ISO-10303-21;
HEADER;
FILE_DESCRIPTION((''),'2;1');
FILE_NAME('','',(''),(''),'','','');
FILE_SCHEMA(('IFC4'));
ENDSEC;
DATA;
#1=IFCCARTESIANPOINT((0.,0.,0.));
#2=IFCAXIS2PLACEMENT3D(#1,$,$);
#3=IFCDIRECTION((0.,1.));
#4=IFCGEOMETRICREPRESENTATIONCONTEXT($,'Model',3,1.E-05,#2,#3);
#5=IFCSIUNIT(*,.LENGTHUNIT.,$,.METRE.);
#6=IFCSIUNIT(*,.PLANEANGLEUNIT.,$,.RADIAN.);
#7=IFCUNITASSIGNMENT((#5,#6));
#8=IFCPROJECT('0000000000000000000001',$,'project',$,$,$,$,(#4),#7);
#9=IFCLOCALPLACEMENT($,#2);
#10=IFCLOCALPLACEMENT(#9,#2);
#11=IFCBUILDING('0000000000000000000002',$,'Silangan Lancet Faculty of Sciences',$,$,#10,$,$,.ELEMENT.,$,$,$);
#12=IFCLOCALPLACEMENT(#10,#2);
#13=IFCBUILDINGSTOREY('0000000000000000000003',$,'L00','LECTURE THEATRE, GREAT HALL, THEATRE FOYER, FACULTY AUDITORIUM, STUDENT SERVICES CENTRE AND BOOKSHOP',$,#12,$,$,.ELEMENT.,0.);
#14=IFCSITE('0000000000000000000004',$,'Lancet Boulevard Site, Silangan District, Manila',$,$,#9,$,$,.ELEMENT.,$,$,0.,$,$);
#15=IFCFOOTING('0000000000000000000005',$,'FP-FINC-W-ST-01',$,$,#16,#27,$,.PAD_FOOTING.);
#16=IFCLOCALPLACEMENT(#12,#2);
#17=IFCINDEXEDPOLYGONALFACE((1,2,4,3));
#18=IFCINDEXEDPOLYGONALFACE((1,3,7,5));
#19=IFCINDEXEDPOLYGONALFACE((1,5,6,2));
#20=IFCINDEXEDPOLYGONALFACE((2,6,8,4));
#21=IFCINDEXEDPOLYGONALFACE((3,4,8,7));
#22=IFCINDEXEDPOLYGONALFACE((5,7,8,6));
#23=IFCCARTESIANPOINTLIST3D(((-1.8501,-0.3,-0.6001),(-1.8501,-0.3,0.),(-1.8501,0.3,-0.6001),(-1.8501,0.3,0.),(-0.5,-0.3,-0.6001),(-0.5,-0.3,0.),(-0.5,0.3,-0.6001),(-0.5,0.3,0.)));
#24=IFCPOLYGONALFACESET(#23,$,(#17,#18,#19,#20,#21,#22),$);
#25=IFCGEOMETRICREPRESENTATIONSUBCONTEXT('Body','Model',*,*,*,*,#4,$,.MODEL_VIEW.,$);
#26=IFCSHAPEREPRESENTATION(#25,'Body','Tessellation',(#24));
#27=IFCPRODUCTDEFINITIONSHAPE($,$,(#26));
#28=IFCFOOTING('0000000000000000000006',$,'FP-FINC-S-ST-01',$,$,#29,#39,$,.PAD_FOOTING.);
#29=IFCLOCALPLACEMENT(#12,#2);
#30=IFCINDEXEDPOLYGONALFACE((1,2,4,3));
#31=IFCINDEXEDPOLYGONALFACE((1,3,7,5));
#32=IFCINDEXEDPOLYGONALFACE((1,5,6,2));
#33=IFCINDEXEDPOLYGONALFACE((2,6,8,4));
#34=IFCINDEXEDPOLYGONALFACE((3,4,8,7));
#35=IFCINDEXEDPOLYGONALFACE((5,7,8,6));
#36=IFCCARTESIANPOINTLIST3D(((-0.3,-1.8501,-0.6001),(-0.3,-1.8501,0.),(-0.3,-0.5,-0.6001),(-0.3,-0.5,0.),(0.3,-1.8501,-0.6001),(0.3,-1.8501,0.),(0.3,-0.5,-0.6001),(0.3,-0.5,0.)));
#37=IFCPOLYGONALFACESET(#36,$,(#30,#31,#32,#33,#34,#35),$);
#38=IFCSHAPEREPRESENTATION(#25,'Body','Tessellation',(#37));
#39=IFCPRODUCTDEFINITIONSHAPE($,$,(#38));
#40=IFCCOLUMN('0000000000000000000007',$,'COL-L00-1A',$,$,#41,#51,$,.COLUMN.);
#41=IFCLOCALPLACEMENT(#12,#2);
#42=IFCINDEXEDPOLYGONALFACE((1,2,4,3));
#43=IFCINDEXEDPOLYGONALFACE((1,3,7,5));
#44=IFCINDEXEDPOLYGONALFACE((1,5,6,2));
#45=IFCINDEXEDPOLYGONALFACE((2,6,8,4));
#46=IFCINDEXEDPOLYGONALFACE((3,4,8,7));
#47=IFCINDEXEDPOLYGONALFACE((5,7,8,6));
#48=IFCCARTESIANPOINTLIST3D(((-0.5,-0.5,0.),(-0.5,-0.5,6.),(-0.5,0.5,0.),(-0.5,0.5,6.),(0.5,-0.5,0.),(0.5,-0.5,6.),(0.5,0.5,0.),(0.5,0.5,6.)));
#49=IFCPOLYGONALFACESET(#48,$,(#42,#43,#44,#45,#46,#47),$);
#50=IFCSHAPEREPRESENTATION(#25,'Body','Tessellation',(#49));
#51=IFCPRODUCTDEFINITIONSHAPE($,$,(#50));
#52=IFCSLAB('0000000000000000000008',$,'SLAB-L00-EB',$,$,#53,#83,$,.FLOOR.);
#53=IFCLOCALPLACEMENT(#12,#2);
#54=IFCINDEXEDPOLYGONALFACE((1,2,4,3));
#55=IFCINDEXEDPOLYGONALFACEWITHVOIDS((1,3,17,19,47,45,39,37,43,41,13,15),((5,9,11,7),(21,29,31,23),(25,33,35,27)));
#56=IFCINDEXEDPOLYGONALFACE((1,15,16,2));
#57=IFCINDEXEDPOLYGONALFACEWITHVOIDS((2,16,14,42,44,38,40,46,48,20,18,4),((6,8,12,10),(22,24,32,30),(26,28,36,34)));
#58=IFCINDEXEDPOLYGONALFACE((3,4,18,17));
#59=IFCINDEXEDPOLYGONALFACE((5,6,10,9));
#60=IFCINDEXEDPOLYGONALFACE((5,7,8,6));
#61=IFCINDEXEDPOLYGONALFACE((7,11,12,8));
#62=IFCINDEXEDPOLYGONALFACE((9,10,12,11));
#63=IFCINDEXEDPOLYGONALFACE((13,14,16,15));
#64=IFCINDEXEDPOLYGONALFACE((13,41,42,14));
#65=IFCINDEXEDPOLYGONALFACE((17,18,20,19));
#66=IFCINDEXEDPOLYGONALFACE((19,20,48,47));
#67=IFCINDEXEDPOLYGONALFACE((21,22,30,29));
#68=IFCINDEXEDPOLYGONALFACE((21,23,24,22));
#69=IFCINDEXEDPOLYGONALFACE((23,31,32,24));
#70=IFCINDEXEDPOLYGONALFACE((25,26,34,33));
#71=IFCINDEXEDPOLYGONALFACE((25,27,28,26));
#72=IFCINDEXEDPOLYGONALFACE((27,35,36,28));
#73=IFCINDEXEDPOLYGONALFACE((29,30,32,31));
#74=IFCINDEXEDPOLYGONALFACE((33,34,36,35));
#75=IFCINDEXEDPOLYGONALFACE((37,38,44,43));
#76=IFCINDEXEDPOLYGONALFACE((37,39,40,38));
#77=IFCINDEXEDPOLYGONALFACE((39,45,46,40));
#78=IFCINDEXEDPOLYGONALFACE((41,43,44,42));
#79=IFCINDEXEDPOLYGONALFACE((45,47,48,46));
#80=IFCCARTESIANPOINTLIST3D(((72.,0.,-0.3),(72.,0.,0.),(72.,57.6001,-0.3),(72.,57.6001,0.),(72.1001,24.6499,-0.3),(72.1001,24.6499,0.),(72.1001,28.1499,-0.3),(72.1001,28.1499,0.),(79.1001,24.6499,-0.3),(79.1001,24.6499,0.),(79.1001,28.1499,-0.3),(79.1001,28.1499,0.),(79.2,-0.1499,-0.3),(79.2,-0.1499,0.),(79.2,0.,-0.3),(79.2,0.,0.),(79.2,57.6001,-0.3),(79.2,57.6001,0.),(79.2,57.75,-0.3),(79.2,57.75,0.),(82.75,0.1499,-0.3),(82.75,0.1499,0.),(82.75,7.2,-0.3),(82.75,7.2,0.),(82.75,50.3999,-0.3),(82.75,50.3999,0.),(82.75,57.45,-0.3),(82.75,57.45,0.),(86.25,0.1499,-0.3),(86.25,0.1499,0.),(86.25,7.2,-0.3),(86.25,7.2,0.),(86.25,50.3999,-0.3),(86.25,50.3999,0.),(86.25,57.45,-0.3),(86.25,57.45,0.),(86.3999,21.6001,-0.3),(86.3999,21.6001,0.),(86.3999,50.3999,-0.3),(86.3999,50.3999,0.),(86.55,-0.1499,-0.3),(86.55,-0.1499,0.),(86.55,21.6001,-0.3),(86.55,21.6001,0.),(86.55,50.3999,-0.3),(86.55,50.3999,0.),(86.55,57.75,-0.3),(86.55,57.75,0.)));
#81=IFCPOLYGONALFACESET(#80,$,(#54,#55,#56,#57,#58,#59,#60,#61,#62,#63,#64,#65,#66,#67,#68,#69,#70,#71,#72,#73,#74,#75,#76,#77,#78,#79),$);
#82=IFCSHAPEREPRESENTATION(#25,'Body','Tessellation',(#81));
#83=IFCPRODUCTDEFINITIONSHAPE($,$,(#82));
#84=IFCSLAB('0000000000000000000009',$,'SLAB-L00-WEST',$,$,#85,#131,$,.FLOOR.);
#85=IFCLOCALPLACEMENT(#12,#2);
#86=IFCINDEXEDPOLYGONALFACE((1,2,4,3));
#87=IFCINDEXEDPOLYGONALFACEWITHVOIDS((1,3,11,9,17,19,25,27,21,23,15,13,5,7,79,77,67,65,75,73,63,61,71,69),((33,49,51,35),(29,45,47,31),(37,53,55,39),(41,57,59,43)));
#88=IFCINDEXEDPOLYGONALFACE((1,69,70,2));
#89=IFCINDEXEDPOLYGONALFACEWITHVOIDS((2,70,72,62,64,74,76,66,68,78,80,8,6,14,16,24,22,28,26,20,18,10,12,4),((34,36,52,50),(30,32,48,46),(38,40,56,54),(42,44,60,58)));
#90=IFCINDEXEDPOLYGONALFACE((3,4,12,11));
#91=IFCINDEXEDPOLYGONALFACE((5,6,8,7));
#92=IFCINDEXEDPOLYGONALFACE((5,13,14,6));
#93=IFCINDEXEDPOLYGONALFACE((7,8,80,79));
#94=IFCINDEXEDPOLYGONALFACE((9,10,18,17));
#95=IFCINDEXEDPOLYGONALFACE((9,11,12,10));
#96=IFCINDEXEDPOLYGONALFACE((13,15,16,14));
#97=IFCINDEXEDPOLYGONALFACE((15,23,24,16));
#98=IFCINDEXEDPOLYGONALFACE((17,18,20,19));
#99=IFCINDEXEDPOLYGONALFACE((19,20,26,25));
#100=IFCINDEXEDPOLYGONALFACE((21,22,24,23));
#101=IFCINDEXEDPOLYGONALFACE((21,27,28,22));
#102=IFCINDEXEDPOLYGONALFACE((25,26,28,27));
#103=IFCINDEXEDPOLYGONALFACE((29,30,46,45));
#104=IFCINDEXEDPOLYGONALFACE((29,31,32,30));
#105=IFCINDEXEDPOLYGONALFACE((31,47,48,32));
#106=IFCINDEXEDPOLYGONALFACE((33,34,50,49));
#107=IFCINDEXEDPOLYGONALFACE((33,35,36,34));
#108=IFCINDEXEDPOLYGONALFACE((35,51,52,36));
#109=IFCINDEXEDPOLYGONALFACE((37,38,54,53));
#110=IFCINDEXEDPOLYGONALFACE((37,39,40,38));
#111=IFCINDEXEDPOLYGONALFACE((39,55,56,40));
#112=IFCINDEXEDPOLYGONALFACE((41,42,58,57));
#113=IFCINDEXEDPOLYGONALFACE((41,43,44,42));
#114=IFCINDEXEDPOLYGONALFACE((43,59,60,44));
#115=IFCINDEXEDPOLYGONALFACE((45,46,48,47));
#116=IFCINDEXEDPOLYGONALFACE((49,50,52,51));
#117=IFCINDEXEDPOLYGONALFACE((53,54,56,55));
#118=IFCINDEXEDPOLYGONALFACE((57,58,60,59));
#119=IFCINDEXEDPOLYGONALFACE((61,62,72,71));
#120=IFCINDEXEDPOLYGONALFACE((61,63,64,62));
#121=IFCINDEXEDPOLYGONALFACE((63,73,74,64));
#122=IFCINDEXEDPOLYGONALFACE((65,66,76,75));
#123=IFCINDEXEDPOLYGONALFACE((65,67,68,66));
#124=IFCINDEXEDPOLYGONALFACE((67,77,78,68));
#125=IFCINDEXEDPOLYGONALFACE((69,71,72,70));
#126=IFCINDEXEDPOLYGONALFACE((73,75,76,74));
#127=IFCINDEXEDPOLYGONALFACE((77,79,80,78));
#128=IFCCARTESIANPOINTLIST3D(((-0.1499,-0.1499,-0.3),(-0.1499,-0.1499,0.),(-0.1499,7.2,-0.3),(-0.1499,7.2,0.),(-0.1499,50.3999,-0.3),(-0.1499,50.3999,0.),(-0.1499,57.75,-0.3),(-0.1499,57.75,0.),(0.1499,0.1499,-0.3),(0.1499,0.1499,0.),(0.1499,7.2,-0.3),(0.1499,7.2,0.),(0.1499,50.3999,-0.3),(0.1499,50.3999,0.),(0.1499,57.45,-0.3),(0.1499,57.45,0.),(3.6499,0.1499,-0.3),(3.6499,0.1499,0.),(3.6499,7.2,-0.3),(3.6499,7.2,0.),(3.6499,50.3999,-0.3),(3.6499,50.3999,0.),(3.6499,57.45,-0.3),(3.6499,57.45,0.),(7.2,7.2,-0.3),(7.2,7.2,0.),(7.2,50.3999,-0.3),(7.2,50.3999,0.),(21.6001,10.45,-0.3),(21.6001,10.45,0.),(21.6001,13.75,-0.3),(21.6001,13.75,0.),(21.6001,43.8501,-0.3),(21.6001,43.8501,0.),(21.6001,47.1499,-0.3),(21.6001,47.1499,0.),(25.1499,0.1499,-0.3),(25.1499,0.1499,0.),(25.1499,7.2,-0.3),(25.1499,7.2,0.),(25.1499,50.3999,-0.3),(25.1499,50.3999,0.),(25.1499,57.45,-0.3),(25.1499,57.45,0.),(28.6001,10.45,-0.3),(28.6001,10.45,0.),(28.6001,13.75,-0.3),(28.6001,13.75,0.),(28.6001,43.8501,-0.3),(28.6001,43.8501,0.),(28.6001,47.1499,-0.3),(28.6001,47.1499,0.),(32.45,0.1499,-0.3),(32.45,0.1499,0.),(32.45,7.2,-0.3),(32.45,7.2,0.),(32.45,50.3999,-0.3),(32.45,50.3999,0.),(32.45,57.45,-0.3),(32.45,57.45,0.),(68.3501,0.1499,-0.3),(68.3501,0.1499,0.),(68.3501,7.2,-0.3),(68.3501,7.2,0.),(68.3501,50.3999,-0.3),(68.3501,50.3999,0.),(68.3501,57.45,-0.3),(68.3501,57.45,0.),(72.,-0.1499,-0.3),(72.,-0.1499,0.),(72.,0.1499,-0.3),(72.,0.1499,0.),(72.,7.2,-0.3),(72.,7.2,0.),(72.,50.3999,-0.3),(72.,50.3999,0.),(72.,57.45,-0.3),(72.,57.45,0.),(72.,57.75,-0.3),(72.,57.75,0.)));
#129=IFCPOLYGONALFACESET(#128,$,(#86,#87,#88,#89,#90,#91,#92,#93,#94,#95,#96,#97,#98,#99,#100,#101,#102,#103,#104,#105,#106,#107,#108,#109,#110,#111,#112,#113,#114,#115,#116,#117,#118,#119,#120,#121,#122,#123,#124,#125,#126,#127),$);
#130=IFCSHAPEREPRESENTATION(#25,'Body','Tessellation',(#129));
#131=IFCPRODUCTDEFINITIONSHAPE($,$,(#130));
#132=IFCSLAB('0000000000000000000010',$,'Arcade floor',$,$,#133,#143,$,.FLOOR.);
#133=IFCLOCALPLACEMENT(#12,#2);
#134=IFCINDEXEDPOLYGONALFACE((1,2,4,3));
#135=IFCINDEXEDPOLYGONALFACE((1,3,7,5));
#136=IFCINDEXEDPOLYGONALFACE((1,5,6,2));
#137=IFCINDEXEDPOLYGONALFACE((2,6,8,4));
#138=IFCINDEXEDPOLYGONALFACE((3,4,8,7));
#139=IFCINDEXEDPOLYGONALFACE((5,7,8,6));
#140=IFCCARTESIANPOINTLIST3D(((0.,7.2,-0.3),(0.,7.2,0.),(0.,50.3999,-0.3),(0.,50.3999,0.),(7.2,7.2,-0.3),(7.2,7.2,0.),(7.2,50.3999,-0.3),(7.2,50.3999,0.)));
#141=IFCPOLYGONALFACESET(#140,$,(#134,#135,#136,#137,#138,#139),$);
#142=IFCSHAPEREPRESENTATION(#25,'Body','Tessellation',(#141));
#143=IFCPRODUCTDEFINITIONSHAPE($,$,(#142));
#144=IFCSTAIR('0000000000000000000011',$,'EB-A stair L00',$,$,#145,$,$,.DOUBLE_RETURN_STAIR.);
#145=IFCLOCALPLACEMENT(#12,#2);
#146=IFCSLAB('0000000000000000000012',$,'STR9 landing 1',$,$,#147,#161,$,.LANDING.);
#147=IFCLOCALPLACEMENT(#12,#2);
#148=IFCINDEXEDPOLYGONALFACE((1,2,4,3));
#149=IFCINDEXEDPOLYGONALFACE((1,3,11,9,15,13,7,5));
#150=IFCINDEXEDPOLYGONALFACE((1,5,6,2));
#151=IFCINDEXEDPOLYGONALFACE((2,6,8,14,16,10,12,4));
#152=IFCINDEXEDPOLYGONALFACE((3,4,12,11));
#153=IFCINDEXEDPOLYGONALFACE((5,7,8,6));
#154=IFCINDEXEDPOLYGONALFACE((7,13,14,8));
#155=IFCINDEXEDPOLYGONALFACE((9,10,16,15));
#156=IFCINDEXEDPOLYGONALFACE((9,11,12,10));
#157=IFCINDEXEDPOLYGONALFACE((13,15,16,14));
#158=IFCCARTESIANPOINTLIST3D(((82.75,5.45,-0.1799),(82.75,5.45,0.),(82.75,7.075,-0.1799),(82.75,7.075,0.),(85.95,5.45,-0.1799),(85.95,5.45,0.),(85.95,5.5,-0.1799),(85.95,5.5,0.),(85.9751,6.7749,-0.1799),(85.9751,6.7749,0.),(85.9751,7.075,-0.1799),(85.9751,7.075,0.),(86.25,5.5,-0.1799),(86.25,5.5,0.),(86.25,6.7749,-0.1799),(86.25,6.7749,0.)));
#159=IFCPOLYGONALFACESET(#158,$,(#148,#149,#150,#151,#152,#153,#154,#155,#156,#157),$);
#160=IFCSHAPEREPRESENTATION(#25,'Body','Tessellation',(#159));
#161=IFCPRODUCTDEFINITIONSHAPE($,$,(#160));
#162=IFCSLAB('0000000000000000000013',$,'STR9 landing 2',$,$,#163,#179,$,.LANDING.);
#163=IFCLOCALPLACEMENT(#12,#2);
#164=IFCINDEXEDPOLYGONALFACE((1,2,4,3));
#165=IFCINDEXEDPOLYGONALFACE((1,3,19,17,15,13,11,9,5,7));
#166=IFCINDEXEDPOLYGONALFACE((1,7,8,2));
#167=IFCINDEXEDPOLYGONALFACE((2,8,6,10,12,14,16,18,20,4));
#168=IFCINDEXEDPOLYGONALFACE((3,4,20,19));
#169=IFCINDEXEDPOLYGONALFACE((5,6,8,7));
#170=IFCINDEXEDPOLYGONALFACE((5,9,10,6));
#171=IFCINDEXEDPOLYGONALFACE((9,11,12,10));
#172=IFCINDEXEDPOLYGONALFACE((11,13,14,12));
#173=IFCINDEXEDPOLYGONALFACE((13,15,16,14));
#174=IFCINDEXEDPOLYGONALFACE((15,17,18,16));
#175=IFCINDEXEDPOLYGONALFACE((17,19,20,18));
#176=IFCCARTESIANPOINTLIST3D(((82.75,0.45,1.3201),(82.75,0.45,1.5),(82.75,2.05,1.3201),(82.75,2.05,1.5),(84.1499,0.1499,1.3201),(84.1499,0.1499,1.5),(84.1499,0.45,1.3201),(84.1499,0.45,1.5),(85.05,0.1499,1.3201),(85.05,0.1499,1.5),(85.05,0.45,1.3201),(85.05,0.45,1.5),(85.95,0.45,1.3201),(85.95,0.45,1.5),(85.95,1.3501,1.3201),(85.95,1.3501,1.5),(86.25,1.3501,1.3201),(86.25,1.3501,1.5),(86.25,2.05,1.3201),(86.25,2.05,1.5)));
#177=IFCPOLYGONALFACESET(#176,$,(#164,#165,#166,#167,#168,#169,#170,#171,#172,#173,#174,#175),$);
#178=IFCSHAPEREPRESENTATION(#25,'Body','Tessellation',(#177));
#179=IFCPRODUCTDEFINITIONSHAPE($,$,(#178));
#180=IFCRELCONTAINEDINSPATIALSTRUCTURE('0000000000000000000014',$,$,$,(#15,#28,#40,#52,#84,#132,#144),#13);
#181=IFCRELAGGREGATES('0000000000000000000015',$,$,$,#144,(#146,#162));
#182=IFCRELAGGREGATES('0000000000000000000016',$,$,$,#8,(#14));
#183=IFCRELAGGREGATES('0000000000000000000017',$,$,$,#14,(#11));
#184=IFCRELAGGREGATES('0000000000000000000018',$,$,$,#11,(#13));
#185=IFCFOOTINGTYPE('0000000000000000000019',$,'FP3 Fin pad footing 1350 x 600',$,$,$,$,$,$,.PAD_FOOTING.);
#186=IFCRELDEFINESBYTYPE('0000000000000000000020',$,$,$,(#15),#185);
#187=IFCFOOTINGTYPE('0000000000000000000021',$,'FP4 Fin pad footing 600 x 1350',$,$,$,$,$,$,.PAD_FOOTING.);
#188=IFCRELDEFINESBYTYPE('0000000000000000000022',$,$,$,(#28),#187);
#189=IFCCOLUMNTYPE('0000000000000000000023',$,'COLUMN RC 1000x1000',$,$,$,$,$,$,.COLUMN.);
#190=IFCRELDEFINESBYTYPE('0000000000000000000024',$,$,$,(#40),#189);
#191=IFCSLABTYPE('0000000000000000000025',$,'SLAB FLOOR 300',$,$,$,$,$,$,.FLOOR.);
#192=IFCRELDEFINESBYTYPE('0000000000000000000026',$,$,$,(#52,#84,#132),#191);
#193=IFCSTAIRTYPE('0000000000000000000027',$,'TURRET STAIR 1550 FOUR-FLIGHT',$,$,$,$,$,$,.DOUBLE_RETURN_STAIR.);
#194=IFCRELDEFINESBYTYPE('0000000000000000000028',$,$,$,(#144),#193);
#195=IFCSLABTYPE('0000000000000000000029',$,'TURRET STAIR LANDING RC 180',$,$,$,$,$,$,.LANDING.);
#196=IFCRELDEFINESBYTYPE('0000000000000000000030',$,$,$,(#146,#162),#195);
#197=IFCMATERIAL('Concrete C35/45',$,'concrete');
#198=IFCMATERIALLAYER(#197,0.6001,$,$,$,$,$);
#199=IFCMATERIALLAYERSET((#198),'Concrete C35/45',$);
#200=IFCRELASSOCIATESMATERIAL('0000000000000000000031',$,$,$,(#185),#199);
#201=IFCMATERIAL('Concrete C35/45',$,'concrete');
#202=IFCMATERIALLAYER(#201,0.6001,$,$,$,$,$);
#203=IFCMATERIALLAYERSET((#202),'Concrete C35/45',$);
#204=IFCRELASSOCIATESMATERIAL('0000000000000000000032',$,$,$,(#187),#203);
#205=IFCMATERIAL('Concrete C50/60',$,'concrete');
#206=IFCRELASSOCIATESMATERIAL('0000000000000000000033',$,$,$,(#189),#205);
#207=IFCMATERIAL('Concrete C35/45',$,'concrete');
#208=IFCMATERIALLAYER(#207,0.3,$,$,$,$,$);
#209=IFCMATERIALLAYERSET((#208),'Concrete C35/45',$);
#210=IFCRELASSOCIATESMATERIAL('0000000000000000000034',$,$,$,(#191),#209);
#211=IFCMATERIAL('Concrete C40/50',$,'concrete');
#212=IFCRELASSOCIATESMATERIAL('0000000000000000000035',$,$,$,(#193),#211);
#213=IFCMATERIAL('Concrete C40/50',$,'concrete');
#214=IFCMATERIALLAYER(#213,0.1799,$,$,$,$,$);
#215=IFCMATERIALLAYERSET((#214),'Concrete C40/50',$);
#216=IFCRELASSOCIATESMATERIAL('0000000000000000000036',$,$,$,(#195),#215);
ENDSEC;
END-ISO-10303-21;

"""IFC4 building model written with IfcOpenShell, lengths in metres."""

from ifc_helpers import new_model, si_unit, direction, frame, origin, origin_with_axes, origin_2d, place, context, subcontext, project, spatial, polyline, rectangle, outline, extrude, material, layer, layer_set, material_profile, profile_set, type_object, element, aggregate, save


model = new_model("IFC4")

# Units and contexts
model_context = context("Model", 3, precision=1e-05, world=origin(), true_north=direction((0.0, 1.0)))
body_context = subcontext(model_context, "Body", "Model", "MODEL_VIEW")
ifc_project = project(units=[si_unit("LENGTHUNIT", "METRE"), si_unit("PLANEANGLEUNIT", "RADIAN")], contexts=[model_context])

# Site, building, storey
site_placement = place(None, origin())
site = spatial("IfcSite", under=ifc_project, at=site_placement, Name="Lancet Boulevard Site, Silangan District, Manila", CompositionType="ELEMENT", RefElevation=0.0)
building_placement = place(site_placement, origin())
building = spatial("IfcBuilding", under=site, at=building_placement, Name="Silangan Lancet Faculty of Sciences", CompositionType="ELEMENT")
storey_placement = place(building_placement, origin())
storey = spatial("IfcBuildingStorey", under=building, at=storey_placement, Name="L00", Description="LECTURE THEATRE, GREAT HALL, THEATRE FOYER, FACULTY AUDITORIUM, STUDENT SERVICES CENTRE AND BOOKSHOP", CompositionType="ELEMENT", Elevation=0.0)

# Footings
ifc_material_1 = material(Name="Concrete C35/45", Category="concrete")
ifc_layer_1 = layer(ifc_material_1, 0.6001)
ifc_layer_set_1 = layer_set([ifc_layer_1], Name="Concrete C35/45")
footing_type_1 = type_object("IfcFootingType", Name="FP3 Fin pad footing 1350 x 600", PredefinedType="PAD_FOOTING", material=ifc_layer_set_1)
footing_1_placement = place(storey_placement, frame((-1.175, 0.0, -0.6001), z_axis=(0.0, 0.0, 1.0), x_axis=(1.0, 0.0, 0.0)))
element("IfcFooting", 1, at=footing_1_placement, inside=storey, type_object=footing_type_1, Name="FP-FINC-W-ST-01", PredefinedType="PAD_FOOTING", context=body_context, shape_type="SweptSolid", body=[
    extrude(rectangle(XDim=1.3501, YDim=0.6001, at=origin_2d()), origin(), (0.0, 0.0, 1.0), 0.6001),
])
ifc_material_2 = material(Name="Concrete C35/45", Category="concrete")
ifc_layer_2 = layer(ifc_material_2, 0.6001)
ifc_layer_set_2 = layer_set([ifc_layer_2], Name="Concrete C35/45")
footing_type_2 = type_object("IfcFootingType", Name="FP4 Fin pad footing 600 x 1350", PredefinedType="PAD_FOOTING", material=ifc_layer_set_2)
footing_2_placement = place(storey_placement, frame((0.0, -1.175, -0.6001), z_axis=(0.0, 0.0, 1.0), x_axis=(1.0, 0.0, 0.0)))
element("IfcFooting", 2, at=footing_2_placement, inside=storey, type_object=footing_type_2, Name="FP-FINC-S-ST-01", PredefinedType="PAD_FOOTING", context=body_context, shape_type="SweptSolid", body=[
    extrude(rectangle(XDim=0.6001, YDim=1.3501, at=origin_2d()), origin(), (0.0, 0.0, 1.0), 0.6001),
])

# Column
ifc_material_3 = material(Name="Concrete C50/60", Category="concrete")
ifc_material_profile = material_profile(ifc_material_3, rectangle(XDim=1.0, YDim=1.0, at=origin_2d()), Name="RC 1000x1000")
ifc_profile_set = profile_set([ifc_material_profile], Name="Concrete C50/60")
column_type = type_object("IfcColumnType", Name="COLUMN RC 1000x1000", PredefinedType="COLUMN", material=ifc_profile_set)
column_placement = place(storey_placement, origin_with_axes())
element("IfcColumn", 3, at=column_placement, inside=storey, type_object=column_type, Name="COL-L00-1A", PredefinedType="COLUMN", context=body_context, shape_type="SweptSolid", body=[
    extrude(rectangle(XDim=1.0, YDim=1.0, at=origin_2d()), origin(), (0.0, 0.0, 1.0), 6.0),
])

# Slabs
ifc_material_4 = material(Name="Concrete C35/45", Category="concrete")
ifc_layer_3 = layer(ifc_material_4, 0.3)
ifc_layer_set_3 = layer_set([ifc_layer_3], Name="Concrete C35/45")
slab_type_1 = type_object("IfcSlabType", Name="SLAB FLOOR 300", PredefinedType="FLOOR", material=ifc_layer_set_3)
slab_1_placement = place(storey_placement, frame((0.0, 0.0, -0.3)))
element("IfcSlab", 4, at=slab_1_placement, inside=storey, type_object=slab_type_1, Name="SLAB-L00-EB", PredefinedType="FLOOR", context=body_context, shape_type="SweptSolid", body=[
    extrude(outline(polyline([(79.2, 57.6001), (72.0, 57.6001), (72.0, 0.0), (79.2, 0.0), (79.2, -0.1499), (86.55, -0.1499), (86.55, 21.6001), (86.3999, 21.6001), (86.3999, 50.3999), (86.55, 50.3999), (86.55, 57.75), (79.2, 57.75), (79.2, 57.6001)]), holes=[polyline([(82.75, 7.2), (86.25, 7.2), (86.25, 0.1499), (82.75, 0.1499), (82.75, 7.2)]), polyline([(72.1001, 28.1499), (79.1001, 28.1499), (79.1001, 24.6499), (72.1001, 24.6499), (72.1001, 28.1499)]), polyline([(82.75, 57.45), (86.25, 57.45), (86.25, 50.3999), (82.75, 50.3999), (82.75, 57.45)])]), origin(), (0.0, 0.0, 1.0), 0.3),
])
slab_2_placement = place(storey_placement, frame((0.0, 0.0, -0.3)))
element("IfcSlab", 5, at=slab_2_placement, inside=storey, type_object=slab_type_1, Name="SLAB-L00-WEST", PredefinedType="FLOOR", context=body_context, shape_type="SweptSolid", body=[
    extrude(outline(polyline([(-0.1499, -0.1499), (72.0, -0.1499), (72.0, 0.1499), (68.3501, 0.1499), (68.3501, 7.2), (72.0, 7.2), (72.0, 50.3999), (68.3501, 50.3999), (68.3501, 57.45), (72.0, 57.45), (72.0, 57.75), (-0.1499, 57.75), (-0.1499, 50.3999), (0.1499, 50.3999), (0.1499, 57.45), (3.6499, 57.45), (3.6499, 50.3999), (7.2, 50.3999), (7.2, 7.2), (3.6499, 7.2), (3.6499, 0.1499), (0.1499, 0.1499), (0.1499, 7.2), (-0.1499, 7.2), (-0.1499, -0.1499)]), holes=[polyline([(32.45, 7.2), (32.45, 0.1499), (25.1499, 0.1499), (25.1499, 7.2), (32.45, 7.2)]), polyline([(21.6001, 13.75), (28.6001, 13.75), (28.6001, 10.45), (21.6001, 10.45), (21.6001, 13.75)]), polyline([(21.6001, 47.1499), (28.6001, 47.1499), (28.6001, 43.8501), (21.6001, 43.8501), (21.6001, 47.1499)]), polyline([(25.1499, 57.45), (32.45, 57.45), (32.45, 50.3999), (25.1499, 50.3999), (25.1499, 57.45)])]), origin(), (0.0, 0.0, 1.0), 0.3),
])
slab_3_placement = place(storey_placement, frame((0.0, 0.0, -0.3)))
element("IfcSlab", 6, at=slab_3_placement, inside=storey, type_object=slab_type_1, Name="Arcade floor", PredefinedType="FLOOR", context=body_context, shape_type="SweptSolid", body=[
    extrude(outline(polyline([(7.2, 7.2), (7.2, 50.3999), (0.0, 50.3999), (0.0, 7.2), (7.2, 7.2)])), origin(), (0.0, 0.0, 1.0), 0.3),
])

# Stair, slabs
ifc_material_5 = material(Name="Concrete C40/50", Category="concrete")
stair_type = type_object("IfcStairType", Name="TURRET STAIR 1550 FOUR-FLIGHT", PredefinedType="DOUBLE_RETURN_STAIR", material=ifc_material_5)
stair_1_placement = place(storey_placement, origin())
stair_1 = element("IfcStair", 7, at=stair_1_placement, inside=storey, type_object=stair_type, Name="EB-A stair L00", PredefinedType="DOUBLE_RETURN_STAIR")
ifc_material_6 = material(Name="Concrete C40/50", Category="concrete")
ifc_layer_4 = layer(ifc_material_6, 0.1799)
ifc_layer_set_4 = layer_set([ifc_layer_4], Name="Concrete C40/50")
slab_type_2 = type_object("IfcSlabType", Name="TURRET STAIR LANDING RC 180", PredefinedType="LANDING", material=ifc_layer_set_4)
slab_4_placement = place(storey_placement, frame((0.0, 0.0, -0.1799)))
slab_4 = element("IfcSlab", 8, at=slab_4_placement, type_object=slab_type_2, Name="STR9 landing 1", PredefinedType="LANDING", context=body_context, shape_type="SweptSolid", body=[
    extrude(outline(polyline([(85.9751, 7.075), (85.9751, 6.7749), (86.25, 6.7749), (86.25, 5.5), (85.95, 5.5), (85.95, 5.45), (82.75, 5.45), (82.75, 7.075), (85.9751, 7.075)])), origin(), (0.0, 0.0, 1.0), 0.1799),
])
slab_5_placement = place(storey_placement, frame((0.0, 0.0, 1.3201)))
slab_5 = element("IfcSlab", 9, at=slab_5_placement, type_object=slab_type_2, Name="STR9 landing 2", PredefinedType="LANDING", context=body_context, shape_type="SweptSolid", body=[
    extrude(outline(polyline([(84.1499, 0.1499), (84.1499, 0.45), (82.75, 0.45), (82.75, 2.05), (86.25, 2.05), (86.25, 1.3501), (85.95, 1.3501), (85.95, 0.45), (85.05, 0.45), (85.05, 0.1499), (84.1499, 0.1499)])), origin(), (0.0, 0.0, 1.0), 0.1799),
])
aggregate(stair_1, [slab_4, slab_5])

save(model, "model.ifc")
